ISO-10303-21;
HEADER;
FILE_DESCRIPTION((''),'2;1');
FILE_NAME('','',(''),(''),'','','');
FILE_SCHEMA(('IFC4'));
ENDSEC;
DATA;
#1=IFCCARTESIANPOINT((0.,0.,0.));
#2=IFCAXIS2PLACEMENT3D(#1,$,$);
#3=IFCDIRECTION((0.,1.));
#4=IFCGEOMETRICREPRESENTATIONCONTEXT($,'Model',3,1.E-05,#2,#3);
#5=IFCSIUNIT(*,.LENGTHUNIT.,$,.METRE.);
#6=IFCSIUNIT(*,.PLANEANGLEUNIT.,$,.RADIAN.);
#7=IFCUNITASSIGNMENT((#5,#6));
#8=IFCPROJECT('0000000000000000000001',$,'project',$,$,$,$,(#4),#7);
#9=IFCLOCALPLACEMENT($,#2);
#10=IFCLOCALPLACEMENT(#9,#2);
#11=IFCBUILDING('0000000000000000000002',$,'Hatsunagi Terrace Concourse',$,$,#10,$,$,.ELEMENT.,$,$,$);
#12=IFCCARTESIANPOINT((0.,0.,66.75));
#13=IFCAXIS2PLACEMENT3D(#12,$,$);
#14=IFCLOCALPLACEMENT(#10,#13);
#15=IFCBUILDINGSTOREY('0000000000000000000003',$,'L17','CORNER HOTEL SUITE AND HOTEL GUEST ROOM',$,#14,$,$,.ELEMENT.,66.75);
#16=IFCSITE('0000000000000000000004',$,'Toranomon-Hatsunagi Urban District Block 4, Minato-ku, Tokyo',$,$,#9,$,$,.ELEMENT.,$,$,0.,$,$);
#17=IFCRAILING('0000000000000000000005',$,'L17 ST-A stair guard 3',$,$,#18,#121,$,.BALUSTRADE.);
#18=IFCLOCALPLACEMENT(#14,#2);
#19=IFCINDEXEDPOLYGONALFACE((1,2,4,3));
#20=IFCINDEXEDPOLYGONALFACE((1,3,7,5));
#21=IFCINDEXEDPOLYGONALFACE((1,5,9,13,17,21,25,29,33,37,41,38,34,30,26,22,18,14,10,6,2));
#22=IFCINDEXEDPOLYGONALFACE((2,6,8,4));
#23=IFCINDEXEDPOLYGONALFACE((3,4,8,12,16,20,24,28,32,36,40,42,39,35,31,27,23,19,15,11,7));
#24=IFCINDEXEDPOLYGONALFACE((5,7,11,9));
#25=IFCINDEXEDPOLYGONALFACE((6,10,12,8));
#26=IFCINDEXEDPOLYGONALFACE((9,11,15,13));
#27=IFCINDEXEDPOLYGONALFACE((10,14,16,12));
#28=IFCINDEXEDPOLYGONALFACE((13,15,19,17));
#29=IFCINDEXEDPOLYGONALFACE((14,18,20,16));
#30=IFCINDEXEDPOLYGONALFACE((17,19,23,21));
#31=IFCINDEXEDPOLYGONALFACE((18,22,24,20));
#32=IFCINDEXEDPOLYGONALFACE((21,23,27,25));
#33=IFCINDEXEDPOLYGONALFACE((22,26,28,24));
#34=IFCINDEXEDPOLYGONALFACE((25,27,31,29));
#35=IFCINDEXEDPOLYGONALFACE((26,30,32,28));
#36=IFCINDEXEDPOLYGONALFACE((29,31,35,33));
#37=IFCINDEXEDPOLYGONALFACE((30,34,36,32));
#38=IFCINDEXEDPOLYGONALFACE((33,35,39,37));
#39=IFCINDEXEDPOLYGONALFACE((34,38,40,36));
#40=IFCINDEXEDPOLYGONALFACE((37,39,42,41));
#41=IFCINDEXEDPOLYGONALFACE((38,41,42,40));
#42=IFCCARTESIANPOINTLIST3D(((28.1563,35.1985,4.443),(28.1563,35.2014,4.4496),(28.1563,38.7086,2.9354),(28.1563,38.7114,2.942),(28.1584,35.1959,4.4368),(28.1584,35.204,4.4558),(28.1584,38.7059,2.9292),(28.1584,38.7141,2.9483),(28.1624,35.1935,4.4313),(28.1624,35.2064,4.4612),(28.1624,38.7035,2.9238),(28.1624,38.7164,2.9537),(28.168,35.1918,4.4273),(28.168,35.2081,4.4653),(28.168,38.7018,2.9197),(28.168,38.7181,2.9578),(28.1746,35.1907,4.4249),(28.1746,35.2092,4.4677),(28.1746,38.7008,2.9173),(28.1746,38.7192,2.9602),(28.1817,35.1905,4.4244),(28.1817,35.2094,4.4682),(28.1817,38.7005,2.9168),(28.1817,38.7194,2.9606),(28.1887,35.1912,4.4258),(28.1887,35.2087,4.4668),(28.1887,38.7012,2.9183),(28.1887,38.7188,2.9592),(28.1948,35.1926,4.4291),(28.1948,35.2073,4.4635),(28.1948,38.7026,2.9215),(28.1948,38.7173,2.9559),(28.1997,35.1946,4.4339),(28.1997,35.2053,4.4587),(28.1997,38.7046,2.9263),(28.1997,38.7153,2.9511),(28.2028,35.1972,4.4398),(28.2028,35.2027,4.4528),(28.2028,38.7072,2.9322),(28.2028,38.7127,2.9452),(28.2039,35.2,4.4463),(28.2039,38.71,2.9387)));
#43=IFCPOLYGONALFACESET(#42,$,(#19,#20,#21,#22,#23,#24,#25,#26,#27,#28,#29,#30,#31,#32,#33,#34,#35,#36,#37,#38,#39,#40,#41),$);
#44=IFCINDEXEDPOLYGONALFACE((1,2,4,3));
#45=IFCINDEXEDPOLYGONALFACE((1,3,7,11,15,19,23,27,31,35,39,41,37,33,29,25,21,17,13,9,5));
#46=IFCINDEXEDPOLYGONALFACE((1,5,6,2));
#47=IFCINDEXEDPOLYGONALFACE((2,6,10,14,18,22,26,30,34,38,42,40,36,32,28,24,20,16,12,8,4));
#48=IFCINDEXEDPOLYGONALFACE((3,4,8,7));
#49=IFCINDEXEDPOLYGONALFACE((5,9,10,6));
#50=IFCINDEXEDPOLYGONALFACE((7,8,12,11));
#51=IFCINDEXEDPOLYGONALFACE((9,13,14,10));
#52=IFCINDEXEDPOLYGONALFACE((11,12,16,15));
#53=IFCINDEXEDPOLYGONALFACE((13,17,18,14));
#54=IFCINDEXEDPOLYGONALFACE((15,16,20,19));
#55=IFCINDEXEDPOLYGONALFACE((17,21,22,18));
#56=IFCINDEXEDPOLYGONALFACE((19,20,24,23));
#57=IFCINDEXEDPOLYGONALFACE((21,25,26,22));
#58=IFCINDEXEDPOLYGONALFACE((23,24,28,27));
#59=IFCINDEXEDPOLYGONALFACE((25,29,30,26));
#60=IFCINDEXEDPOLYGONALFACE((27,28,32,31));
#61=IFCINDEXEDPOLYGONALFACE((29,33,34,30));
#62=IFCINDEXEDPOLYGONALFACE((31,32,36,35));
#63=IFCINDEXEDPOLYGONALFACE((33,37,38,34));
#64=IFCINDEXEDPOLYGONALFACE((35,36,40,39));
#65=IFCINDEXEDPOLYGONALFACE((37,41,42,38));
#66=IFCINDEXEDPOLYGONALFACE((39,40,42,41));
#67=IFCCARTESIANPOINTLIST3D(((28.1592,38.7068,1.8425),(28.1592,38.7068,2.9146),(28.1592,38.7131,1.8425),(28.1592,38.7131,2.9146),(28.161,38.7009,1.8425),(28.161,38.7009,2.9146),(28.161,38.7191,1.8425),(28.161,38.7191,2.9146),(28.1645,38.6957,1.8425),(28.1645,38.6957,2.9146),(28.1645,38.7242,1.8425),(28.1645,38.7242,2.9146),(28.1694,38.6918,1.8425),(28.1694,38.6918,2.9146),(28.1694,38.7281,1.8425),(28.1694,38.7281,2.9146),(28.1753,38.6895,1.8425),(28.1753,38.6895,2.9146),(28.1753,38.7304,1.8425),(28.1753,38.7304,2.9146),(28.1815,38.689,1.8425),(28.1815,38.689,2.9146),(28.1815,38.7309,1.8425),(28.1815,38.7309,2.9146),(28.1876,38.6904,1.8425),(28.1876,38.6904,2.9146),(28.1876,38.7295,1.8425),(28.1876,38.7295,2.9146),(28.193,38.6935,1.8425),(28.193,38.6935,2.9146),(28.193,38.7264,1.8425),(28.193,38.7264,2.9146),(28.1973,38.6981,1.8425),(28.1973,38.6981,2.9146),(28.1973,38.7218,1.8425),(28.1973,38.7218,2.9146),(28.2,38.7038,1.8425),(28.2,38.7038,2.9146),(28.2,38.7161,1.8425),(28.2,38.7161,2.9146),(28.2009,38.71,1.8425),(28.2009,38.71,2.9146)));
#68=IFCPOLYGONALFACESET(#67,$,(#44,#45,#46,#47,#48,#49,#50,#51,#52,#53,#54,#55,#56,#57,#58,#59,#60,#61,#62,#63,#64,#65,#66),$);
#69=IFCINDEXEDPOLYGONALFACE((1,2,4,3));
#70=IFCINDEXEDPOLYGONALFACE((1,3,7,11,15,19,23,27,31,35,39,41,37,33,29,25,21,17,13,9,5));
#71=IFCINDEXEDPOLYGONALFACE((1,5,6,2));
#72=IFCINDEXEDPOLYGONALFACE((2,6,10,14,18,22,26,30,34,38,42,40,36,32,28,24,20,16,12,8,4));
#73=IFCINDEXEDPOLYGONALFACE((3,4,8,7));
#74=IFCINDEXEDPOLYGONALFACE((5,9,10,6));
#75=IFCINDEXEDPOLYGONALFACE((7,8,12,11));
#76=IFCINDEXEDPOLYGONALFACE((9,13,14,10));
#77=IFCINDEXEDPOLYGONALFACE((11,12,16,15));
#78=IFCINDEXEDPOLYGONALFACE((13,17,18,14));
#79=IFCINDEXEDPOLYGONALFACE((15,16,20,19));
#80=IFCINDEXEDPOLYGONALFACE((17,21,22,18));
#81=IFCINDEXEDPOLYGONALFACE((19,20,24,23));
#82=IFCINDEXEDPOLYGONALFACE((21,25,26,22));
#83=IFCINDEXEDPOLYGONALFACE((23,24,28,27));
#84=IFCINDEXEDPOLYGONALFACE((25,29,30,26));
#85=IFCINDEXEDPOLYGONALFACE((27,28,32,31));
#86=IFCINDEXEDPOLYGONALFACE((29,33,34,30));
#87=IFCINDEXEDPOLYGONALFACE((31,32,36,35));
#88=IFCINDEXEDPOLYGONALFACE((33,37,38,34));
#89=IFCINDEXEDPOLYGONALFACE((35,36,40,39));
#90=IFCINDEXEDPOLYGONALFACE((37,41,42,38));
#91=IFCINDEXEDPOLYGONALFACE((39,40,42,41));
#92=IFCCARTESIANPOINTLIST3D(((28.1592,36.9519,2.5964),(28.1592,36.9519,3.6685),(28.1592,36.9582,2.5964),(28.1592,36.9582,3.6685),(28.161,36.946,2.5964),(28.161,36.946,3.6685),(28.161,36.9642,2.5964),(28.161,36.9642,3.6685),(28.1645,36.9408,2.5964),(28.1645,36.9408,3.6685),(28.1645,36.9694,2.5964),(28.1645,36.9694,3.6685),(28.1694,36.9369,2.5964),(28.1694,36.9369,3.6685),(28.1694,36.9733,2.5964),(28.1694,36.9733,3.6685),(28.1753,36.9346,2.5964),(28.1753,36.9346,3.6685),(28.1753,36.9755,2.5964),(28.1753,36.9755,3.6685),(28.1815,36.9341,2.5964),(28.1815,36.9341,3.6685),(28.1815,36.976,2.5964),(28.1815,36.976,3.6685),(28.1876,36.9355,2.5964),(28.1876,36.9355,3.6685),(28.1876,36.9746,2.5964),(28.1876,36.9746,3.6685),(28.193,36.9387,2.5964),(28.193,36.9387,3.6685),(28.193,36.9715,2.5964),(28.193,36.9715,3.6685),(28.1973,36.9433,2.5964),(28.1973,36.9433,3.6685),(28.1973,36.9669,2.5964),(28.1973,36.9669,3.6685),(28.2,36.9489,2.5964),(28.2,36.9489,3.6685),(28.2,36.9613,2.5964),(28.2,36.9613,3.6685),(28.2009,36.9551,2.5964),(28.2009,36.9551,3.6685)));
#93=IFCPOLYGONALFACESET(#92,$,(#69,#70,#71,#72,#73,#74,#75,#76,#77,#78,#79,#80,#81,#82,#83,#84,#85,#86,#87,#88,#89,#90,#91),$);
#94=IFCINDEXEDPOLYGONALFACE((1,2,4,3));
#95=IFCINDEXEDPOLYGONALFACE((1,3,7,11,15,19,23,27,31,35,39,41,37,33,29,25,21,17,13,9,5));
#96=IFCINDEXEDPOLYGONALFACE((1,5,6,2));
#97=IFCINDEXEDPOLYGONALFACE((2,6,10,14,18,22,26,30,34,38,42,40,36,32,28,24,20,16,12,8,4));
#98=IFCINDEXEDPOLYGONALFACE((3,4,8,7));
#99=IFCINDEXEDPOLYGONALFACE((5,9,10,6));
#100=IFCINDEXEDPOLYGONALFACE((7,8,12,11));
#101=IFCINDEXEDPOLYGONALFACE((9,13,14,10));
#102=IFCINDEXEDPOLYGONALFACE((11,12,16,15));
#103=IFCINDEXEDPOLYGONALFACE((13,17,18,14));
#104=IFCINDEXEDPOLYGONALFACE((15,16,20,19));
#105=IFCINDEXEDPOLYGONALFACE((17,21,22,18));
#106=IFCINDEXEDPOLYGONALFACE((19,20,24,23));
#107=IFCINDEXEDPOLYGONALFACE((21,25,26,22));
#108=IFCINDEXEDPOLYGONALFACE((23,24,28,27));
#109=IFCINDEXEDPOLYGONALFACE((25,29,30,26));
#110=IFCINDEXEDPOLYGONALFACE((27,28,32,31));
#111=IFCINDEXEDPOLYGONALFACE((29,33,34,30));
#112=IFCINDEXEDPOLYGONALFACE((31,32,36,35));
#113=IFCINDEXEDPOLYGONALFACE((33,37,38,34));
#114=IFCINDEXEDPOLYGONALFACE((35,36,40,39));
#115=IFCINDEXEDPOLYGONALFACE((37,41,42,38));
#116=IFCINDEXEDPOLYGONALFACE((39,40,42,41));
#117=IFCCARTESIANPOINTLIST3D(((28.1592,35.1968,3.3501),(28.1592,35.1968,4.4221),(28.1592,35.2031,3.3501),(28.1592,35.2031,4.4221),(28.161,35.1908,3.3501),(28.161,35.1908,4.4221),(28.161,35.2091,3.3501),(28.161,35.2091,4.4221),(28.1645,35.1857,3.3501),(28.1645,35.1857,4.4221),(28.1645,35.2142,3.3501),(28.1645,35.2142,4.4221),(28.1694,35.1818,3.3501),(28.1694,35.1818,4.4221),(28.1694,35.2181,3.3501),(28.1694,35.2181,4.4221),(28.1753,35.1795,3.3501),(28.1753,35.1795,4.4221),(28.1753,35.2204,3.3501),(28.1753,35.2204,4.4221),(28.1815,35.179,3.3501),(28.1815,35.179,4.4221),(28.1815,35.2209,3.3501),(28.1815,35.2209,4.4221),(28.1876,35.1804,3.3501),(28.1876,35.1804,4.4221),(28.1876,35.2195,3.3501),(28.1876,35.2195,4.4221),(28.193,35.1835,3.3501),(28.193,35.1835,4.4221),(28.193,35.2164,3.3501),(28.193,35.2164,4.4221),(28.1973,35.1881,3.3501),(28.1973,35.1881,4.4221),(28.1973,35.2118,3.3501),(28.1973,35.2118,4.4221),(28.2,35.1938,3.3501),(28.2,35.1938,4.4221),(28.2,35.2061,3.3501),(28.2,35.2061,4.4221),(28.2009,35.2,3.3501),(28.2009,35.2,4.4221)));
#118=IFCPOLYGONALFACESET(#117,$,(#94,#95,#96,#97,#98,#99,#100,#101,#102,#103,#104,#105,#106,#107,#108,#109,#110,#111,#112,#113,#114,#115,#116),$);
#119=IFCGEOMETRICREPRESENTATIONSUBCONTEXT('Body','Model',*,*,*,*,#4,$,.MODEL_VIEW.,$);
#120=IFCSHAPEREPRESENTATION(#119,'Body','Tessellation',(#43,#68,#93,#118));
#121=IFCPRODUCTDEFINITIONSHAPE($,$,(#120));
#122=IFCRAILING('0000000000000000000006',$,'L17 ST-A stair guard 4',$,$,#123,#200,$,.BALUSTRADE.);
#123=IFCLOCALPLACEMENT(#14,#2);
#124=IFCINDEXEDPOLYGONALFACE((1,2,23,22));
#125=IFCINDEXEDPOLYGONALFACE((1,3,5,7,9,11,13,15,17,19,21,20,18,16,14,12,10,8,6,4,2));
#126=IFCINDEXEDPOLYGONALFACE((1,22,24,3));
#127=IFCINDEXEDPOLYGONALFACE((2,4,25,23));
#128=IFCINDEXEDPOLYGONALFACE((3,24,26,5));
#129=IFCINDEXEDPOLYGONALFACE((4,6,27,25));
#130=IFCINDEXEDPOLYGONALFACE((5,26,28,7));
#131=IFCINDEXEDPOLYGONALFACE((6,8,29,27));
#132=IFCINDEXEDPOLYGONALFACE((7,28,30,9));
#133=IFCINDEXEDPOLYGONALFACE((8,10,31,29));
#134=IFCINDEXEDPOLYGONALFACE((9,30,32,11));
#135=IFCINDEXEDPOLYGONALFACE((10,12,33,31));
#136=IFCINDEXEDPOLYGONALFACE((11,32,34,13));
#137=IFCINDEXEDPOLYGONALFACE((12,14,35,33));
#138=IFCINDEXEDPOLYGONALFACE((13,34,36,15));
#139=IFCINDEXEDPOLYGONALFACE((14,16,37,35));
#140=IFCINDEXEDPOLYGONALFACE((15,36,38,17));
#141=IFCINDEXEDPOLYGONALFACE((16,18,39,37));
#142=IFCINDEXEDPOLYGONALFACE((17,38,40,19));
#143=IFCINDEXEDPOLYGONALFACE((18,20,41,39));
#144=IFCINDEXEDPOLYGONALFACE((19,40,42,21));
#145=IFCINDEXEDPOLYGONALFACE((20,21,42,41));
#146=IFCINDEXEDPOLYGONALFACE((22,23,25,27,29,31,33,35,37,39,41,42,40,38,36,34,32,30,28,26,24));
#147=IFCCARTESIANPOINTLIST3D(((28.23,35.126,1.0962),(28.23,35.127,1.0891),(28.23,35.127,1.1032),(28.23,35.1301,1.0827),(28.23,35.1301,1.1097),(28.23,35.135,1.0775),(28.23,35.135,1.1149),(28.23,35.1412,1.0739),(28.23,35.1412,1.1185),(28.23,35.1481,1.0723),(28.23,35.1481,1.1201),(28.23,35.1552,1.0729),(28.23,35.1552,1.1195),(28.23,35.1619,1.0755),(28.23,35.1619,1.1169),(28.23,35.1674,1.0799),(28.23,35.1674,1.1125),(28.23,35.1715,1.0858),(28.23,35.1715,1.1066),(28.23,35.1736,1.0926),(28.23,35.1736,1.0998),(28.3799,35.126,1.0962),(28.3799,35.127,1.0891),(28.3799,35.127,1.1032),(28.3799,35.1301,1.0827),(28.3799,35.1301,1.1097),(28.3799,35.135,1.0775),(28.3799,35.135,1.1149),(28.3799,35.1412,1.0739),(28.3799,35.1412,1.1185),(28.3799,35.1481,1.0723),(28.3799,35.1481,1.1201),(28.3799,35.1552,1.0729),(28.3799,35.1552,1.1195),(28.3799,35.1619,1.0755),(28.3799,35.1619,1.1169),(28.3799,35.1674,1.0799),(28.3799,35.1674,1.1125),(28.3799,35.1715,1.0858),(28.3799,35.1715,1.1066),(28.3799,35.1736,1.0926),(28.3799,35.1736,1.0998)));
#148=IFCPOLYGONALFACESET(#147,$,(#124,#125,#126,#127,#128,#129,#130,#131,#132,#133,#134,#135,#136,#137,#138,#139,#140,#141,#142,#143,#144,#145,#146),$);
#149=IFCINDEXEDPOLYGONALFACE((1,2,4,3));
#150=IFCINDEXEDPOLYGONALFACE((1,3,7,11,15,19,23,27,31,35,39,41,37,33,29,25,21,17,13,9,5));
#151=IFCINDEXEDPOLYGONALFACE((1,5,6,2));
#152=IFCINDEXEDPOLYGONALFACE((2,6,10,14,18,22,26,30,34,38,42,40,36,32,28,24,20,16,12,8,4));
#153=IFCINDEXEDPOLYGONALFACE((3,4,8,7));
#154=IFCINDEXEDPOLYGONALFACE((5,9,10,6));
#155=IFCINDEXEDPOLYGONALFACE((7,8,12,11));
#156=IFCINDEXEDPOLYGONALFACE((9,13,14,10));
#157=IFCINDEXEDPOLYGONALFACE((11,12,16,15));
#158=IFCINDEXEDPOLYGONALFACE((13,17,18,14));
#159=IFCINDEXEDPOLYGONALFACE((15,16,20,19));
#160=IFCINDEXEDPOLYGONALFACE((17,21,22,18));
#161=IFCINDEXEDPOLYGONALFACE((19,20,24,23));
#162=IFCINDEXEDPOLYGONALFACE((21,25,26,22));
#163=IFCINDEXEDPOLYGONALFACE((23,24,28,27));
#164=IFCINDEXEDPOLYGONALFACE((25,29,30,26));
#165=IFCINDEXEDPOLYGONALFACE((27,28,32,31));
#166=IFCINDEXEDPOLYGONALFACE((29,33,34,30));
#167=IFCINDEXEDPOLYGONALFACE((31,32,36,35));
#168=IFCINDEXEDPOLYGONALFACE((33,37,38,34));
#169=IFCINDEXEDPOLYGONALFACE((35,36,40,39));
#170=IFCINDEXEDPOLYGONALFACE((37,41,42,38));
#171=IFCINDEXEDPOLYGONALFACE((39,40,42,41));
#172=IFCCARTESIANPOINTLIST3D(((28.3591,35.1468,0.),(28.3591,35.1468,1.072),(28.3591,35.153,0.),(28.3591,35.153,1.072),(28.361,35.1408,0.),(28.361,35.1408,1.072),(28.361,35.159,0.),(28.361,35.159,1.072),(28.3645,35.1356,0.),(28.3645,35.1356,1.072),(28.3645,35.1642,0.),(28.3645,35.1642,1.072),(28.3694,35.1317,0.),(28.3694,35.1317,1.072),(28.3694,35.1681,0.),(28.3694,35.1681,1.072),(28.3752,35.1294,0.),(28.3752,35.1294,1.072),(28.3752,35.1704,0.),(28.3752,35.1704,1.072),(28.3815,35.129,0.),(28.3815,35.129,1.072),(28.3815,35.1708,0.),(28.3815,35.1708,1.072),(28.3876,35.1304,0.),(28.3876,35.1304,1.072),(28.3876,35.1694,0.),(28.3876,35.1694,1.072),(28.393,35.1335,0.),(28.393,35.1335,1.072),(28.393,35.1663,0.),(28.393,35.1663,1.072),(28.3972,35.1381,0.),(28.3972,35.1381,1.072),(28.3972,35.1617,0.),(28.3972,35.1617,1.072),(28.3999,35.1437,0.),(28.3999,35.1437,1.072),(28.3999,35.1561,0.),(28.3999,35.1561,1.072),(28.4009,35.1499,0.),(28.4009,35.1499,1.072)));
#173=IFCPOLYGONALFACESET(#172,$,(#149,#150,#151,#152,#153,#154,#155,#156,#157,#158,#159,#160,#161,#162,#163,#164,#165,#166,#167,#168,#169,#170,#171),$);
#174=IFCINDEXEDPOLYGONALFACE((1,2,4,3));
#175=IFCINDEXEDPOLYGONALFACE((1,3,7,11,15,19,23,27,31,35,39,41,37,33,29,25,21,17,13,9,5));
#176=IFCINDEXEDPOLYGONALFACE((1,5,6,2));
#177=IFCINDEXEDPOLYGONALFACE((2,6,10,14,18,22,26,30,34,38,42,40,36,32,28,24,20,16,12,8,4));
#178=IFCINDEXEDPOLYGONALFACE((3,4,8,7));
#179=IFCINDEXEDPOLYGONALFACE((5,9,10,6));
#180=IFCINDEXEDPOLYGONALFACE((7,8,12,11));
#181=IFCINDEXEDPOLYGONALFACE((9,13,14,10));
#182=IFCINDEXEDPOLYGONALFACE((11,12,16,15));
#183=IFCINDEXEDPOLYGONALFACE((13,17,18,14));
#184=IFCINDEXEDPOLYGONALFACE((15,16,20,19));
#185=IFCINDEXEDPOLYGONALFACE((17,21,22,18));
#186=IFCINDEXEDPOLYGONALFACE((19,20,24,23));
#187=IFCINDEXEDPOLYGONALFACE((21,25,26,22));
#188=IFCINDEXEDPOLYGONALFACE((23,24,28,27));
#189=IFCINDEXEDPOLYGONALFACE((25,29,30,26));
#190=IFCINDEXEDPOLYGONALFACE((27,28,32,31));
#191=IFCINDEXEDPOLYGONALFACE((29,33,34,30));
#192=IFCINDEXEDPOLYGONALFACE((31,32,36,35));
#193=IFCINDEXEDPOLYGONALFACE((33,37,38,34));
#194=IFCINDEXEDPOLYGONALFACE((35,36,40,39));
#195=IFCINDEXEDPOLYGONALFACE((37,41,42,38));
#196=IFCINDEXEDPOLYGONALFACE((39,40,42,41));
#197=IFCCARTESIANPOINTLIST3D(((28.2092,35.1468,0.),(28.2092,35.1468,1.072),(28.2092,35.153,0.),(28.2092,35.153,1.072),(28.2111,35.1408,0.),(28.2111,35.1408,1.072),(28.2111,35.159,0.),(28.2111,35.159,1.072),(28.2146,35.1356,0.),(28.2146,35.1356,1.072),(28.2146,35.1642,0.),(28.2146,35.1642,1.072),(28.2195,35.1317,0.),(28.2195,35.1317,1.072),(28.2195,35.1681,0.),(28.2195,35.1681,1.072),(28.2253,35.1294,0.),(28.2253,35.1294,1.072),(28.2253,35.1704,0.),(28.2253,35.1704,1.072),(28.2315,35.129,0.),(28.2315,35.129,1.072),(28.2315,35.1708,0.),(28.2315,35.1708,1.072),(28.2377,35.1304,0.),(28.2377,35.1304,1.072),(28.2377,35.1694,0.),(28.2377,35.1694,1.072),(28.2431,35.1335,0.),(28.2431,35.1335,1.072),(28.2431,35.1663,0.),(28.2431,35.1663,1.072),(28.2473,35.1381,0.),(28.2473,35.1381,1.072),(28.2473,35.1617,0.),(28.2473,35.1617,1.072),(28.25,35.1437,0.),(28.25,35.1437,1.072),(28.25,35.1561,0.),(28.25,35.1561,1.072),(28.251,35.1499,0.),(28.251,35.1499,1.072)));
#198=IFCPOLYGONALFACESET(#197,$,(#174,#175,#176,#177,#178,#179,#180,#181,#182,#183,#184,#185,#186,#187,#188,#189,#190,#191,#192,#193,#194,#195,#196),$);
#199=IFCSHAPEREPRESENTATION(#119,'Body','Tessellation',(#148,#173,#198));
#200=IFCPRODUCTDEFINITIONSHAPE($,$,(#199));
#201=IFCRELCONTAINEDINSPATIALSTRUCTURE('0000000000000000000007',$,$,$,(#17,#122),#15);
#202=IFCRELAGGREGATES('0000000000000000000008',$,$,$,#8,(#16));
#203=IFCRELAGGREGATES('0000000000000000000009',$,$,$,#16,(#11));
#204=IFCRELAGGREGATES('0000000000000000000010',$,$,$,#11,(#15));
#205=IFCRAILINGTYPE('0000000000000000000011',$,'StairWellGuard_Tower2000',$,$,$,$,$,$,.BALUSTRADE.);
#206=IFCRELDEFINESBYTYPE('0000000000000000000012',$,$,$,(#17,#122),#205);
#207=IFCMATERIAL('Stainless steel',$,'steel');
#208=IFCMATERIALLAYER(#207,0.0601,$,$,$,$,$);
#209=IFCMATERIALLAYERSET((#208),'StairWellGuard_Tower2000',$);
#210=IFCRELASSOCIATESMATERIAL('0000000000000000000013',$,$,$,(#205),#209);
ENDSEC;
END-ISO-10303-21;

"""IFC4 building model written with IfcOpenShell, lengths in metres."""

from ifc_helpers import new_model, si_unit, direction, frame, origin, origin_2d, place, context, subcontext, project, spatial, circle, extrude, material, layer, layer_set, type_object, element, save


model = new_model("IFC4")

# Units and contexts
model_context = context("Model", 3, precision=1e-05, world=origin(), true_north=direction((0.0, 1.0)))
body_context = subcontext(model_context, "Body", "Model", "MODEL_VIEW")
ifc_project = project(units=[si_unit("LENGTHUNIT", "METRE"), si_unit("PLANEANGLEUNIT", "RADIAN")], contexts=[model_context])

# Site, building, storey
site_placement = place(None, origin())
site = spatial("IfcSite", under=ifc_project, at=site_placement, Name="Toranomon-Hatsunagi Urban District Block 4, Minato-ku, Tokyo", CompositionType="ELEMENT", RefElevation=0.0)
building_placement = place(site_placement, origin())
building = spatial("IfcBuilding", under=site, at=building_placement, Name="Hatsunagi Terrace Concourse", CompositionType="ELEMENT")
storey_placement = place(building_placement, frame((0.0, 0.0, 66.75)))
storey = spatial("IfcBuildingStorey", under=building, at=storey_placement, Name="L17", Description="CORNER HOTEL SUITE AND HOTEL GUEST ROOM", CompositionType="ELEMENT", Elevation=66.75)

# Railings
ifc_material_1 = material(Name="Stainless steel", Category="steel")
ifc_layer_1 = layer(ifc_material_1, 0.0601)
ifc_layer_set_1 = layer_set([ifc_layer_1], Name="StairWellGuard_Tower2000")
railing_type_1 = type_object("IfcRailingType", Name="StairWellGuard_Tower2000", PredefinedType="BALUSTRADE", material=ifc_layer_set_1)
railing_1_placement = place(storey_placement, frame((28.1799, 38.71, 1.8425)))
element("IfcRailing", 1, at=railing_1_placement, inside=storey, type_object=railing_type_1, Name="L17 ST-A stair guard 3", PredefinedType="BALUSTRADE", context=body_context, shape_type="SweptSolid", body=[
    extrude(circle(Radius=0.0239, at=origin_2d()), frame((0.0, 0.0, 1.0962), z_axis=(0.0, -0.918834, 0.394644), x_axis=(1.0, 0.0, 0.0)), (0.0, 0.0, 1.0), 3.8201),
    extrude(circle(Radius=0.021, at=origin_2d()), origin(), (0.0, 0.0, 1.0), 1.072),
    extrude(circle(Radius=0.021, at=origin_2d()), frame((0.0, -1.7549, 0.7539)), (0.0, 0.0, 1.0), 1.072),
    extrude(circle(Radius=0.021, at=origin_2d()), frame((0.0, -3.51, 1.5076)), (0.0, 0.0, 1.0), 1.072),
])
railing_2_placement = place(storey_placement, frame((28.3799, 35.1499, 0.0)))
element("IfcRailing", 2, at=railing_2_placement, inside=storey, type_object=railing_type_1, Name="L17 ST-A stair guard 4", PredefinedType="BALUSTRADE", context=body_context, shape_type="SweptSolid", body=[
    extrude(circle(Radius=0.0239, at=origin_2d()), frame((0.0, 0.0, 1.0962), z_axis=(-1.0, 0.0, 0.0), x_axis=(0.0, -1.0, 0.0)), (0.0, 0.0, 1.0), 0.1499),
    extrude(circle(Radius=0.021, at=origin_2d()), origin(), (0.0, 0.0, 1.0), 1.072),
    extrude(circle(Radius=0.021, at=origin_2d()), frame((-0.1499, 0.0, 0.0)), (0.0, 0.0, 1.0), 1.072),
])

save(model, "model.ifc")
